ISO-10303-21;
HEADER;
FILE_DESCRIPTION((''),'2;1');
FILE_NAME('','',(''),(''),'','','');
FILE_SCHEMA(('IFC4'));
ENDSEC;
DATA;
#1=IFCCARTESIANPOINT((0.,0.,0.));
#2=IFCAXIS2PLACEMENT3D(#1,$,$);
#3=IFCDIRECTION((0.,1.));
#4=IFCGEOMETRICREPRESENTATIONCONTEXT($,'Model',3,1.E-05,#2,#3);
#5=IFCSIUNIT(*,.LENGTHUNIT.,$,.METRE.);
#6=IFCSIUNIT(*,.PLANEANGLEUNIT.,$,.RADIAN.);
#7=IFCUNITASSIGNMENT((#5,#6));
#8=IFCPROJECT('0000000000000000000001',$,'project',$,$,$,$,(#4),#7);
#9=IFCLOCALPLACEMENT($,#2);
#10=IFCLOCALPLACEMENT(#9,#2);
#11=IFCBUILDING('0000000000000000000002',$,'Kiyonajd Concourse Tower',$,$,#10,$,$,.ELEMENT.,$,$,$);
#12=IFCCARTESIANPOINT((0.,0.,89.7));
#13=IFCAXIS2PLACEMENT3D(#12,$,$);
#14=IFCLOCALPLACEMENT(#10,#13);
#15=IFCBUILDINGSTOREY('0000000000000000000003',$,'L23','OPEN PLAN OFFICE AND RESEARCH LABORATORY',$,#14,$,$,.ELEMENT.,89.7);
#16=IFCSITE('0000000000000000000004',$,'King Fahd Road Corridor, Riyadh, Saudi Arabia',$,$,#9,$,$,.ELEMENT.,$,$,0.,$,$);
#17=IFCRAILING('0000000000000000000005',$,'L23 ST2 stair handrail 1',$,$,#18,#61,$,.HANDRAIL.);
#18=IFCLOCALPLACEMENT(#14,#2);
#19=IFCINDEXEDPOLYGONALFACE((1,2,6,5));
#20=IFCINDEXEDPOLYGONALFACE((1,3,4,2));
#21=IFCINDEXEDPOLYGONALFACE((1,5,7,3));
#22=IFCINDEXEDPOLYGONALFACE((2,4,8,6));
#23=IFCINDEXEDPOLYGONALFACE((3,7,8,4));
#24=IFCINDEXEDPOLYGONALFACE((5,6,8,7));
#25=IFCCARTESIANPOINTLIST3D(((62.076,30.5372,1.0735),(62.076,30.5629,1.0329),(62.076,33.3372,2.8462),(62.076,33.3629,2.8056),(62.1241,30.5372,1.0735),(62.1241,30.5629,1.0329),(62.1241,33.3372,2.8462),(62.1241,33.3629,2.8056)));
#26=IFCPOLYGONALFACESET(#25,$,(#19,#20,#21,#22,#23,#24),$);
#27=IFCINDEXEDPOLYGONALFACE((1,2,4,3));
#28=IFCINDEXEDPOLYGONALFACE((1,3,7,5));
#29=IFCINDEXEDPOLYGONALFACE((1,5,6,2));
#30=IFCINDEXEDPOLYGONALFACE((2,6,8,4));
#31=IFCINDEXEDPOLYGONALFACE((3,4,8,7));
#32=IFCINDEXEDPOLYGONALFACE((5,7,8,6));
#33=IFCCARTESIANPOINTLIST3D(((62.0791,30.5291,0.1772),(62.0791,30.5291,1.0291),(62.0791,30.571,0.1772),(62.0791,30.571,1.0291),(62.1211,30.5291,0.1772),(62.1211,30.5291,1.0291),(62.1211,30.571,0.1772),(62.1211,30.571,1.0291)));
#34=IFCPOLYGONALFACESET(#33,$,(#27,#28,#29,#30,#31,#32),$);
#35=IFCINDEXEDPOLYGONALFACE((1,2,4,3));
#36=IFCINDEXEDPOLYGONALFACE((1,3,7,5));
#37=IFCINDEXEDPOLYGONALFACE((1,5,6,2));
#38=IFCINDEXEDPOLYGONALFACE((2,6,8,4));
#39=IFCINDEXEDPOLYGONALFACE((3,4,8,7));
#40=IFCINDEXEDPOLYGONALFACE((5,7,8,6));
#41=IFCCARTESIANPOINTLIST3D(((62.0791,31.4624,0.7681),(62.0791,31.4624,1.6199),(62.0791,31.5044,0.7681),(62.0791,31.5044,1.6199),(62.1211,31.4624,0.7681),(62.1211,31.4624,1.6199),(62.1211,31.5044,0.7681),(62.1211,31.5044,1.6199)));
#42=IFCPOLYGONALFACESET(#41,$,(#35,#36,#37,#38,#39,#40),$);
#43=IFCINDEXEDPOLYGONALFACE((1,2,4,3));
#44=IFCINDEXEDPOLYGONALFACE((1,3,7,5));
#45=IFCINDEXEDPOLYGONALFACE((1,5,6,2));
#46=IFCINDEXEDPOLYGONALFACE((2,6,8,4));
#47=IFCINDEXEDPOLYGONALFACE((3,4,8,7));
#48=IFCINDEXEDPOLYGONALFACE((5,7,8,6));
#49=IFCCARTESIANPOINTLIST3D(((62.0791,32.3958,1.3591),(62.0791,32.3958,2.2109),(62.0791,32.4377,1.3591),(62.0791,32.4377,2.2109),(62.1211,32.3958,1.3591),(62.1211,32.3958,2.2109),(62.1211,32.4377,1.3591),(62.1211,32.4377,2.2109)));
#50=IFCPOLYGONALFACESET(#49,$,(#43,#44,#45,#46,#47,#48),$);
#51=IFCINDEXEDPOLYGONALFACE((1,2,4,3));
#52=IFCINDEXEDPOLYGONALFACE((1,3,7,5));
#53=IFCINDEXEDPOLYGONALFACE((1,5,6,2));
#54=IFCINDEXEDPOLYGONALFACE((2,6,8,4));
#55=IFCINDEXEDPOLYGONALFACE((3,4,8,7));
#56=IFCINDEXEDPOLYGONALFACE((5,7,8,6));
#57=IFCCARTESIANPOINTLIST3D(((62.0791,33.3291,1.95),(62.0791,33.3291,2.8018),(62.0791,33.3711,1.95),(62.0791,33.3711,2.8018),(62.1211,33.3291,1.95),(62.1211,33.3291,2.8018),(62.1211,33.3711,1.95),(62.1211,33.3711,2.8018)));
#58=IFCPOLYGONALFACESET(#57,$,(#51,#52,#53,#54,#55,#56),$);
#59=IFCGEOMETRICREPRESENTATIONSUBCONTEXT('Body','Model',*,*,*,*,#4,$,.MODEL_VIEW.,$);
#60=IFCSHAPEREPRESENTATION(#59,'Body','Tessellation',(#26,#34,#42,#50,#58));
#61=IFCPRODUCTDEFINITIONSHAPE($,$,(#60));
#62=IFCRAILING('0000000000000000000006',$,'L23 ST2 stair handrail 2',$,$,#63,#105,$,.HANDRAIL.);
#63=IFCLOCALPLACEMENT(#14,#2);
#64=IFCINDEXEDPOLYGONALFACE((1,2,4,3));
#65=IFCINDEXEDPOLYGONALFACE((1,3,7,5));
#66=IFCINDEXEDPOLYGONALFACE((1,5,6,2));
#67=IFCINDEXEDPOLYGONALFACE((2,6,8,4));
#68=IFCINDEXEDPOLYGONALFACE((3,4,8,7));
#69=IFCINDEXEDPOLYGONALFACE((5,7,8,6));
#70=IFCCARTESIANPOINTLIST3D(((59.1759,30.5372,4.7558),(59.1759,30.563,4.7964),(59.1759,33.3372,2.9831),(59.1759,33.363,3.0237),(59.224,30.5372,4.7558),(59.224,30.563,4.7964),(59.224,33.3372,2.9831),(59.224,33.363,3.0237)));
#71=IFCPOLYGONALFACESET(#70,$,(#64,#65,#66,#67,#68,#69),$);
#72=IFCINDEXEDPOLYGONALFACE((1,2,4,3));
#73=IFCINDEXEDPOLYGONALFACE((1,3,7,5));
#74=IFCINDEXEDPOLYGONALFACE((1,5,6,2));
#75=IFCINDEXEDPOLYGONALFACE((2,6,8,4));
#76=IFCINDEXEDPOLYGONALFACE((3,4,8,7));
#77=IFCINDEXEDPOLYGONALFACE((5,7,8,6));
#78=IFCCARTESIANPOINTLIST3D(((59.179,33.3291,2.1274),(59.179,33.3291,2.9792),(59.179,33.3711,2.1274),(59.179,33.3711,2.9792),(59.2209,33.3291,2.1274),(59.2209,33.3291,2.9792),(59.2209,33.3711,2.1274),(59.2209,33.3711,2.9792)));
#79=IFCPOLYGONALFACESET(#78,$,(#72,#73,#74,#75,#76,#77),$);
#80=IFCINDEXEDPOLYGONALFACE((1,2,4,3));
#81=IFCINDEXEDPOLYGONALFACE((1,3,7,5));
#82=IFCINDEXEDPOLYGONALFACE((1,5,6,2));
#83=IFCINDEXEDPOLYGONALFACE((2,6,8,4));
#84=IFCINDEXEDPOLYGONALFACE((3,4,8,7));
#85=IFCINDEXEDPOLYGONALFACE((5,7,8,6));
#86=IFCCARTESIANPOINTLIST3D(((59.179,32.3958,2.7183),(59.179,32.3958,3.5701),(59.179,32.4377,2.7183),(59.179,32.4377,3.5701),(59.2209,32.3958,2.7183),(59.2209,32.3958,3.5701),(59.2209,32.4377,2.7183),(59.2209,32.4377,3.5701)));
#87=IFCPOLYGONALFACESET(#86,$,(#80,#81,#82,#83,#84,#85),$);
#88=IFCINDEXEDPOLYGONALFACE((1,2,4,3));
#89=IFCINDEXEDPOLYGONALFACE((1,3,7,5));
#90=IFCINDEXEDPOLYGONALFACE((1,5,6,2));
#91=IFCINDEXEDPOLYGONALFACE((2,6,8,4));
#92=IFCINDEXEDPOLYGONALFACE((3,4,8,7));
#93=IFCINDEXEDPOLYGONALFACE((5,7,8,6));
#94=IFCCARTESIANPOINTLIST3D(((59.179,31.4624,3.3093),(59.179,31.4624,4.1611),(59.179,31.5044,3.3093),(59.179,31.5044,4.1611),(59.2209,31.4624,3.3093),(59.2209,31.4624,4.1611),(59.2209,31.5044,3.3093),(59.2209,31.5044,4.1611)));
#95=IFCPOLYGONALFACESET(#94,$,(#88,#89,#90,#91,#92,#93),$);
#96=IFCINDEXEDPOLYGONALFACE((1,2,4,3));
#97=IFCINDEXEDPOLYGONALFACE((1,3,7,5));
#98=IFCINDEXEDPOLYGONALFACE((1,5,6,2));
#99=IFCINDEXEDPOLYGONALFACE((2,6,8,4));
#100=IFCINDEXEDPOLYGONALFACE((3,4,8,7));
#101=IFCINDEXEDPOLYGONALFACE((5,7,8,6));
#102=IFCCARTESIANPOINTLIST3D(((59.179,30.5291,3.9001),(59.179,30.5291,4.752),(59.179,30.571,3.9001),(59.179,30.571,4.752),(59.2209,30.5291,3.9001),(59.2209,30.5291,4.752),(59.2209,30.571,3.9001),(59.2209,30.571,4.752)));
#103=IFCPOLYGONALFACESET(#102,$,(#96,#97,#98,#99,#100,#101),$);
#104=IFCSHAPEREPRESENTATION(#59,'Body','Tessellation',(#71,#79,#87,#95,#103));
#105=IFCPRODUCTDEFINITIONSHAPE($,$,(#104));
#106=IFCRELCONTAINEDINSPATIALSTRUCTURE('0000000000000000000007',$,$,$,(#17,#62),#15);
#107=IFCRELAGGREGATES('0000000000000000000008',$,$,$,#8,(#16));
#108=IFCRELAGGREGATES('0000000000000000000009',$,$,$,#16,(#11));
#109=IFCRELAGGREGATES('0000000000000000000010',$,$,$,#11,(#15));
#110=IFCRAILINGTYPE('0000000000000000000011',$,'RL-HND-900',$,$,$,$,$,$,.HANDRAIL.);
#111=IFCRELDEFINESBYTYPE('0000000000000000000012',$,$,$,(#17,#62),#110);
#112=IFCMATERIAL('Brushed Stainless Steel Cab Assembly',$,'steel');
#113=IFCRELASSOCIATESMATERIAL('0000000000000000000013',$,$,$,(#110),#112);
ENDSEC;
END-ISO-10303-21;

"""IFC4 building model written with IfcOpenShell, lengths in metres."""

from ifc_helpers import new_model, si_unit, direction, frame, origin, origin_2d, place, context, subcontext, project, spatial, rectangle, extrude, material, type_object, element, save


model = new_model("IFC4")

# Units and contexts
model_context = context("Model", 3, precision=1e-05, world=origin(), true_north=direction((0.0, 1.0)))
body_context = subcontext(model_context, "Body", "Model", "MODEL_VIEW")
ifc_project = project(units=[si_unit("LENGTHUNIT", "METRE"), si_unit("PLANEANGLEUNIT", "RADIAN")], contexts=[model_context])

# Site, building, storey
site_placement = place(None, origin())
site = spatial("IfcSite", under=ifc_project, at=site_placement, Name="King Fahd Road Corridor, Riyadh, Saudi Arabia", CompositionType="ELEMENT", RefElevation=0.0)
building_placement = place(site_placement, origin())
building = spatial("IfcBuilding", under=site, at=building_placement, Name="Kiyonajd Concourse Tower", CompositionType="ELEMENT")
storey_placement = place(building_placement, frame((0.0, 0.0, 89.7)))
storey = spatial("IfcBuildingStorey", under=building, at=storey_placement, Name="L23", Description="OPEN PLAN OFFICE AND RESEARCH LABORATORY", CompositionType="ELEMENT", Elevation=89.7)

# Shared definitions
ifc_material_1 = material(Name="Brushed Stainless Steel Cab Assembly", Category="steel")

# Railings
railing_type_1 = type_object("IfcRailingType", Name="RL-HND-900", PredefinedType="HANDRAIL", material=ifc_material_1)
railing_1_placement = place(storey_placement, frame((62.1001, 30.55, 0.1772)))
element("IfcRailing", 1, at=railing_1_placement, inside=storey, type_object=railing_type_1, Name="L23 ST2 stair handrail 1", PredefinedType="HANDRAIL", context=body_context, shape_type="SweptSolid", body=[
    extrude(rectangle(XDim=0.0481, YDim=0.0481, at=origin_2d()), frame((0.0, 0.0, 0.876), z_axis=(0.0, 0.844909, 0.53491), x_axis=(-1.0, 0.0, 0.0)), (0.0, 0.0, 1.0), 3.314),
    extrude(rectangle(XDim=0.042, YDim=0.042, at=origin_2d()), origin(), (0.0, 0.0, 1.0), 0.8518),
    extrude(rectangle(XDim=0.042, YDim=0.042, at=origin_2d()), frame((0.0, 0.9333, 0.5908)), (0.0, 0.0, 1.0), 0.8518),
    extrude(rectangle(XDim=0.042, YDim=0.042, at=origin_2d()), frame((0.0, 1.8667, 1.1819)), (0.0, 0.0, 1.0), 0.8518),
    extrude(rectangle(XDim=0.042, YDim=0.042, at=origin_2d()), frame((0.0, 2.8, 1.7727)), (0.0, 0.0, 1.0), 0.8518),
])
railing_2_placement = place(storey_placement, frame((59.2, 33.3501, 2.1274)))
element("IfcRailing", 2, at=railing_2_placement, inside=storey, type_object=railing_type_1, Name="L23 ST2 stair handrail 2", PredefinedType="HANDRAIL", context=body_context, shape_type="SweptSolid", body=[
    extrude(rectangle(XDim=0.0481, YDim=0.0481, at=origin_2d()), frame((0.0, 0.0, 0.876), z_axis=(0.0, -0.844909, 0.53491), x_axis=(1.0, 0.0, 0.0)), (0.0, 0.0, 1.0), 3.314),
    extrude(rectangle(XDim=0.042, YDim=0.042, at=origin_2d()), origin(), (0.0, 0.0, 1.0), 0.8518),
    extrude(rectangle(XDim=0.042, YDim=0.042, at=origin_2d()), frame((0.0, -0.9333, 0.5908)), (0.0, 0.0, 1.0), 0.8518),
    extrude(rectangle(XDim=0.042, YDim=0.042, at=origin_2d()), frame((0.0, -1.8667, 1.1819)), (0.0, 0.0, 1.0), 0.8518),
    extrude(rectangle(XDim=0.042, YDim=0.042, at=origin_2d()), frame((0.0, -2.8, 1.7727)), (0.0, 0.0, 1.0), 0.8518),
])

save(model, "model.ifc")
